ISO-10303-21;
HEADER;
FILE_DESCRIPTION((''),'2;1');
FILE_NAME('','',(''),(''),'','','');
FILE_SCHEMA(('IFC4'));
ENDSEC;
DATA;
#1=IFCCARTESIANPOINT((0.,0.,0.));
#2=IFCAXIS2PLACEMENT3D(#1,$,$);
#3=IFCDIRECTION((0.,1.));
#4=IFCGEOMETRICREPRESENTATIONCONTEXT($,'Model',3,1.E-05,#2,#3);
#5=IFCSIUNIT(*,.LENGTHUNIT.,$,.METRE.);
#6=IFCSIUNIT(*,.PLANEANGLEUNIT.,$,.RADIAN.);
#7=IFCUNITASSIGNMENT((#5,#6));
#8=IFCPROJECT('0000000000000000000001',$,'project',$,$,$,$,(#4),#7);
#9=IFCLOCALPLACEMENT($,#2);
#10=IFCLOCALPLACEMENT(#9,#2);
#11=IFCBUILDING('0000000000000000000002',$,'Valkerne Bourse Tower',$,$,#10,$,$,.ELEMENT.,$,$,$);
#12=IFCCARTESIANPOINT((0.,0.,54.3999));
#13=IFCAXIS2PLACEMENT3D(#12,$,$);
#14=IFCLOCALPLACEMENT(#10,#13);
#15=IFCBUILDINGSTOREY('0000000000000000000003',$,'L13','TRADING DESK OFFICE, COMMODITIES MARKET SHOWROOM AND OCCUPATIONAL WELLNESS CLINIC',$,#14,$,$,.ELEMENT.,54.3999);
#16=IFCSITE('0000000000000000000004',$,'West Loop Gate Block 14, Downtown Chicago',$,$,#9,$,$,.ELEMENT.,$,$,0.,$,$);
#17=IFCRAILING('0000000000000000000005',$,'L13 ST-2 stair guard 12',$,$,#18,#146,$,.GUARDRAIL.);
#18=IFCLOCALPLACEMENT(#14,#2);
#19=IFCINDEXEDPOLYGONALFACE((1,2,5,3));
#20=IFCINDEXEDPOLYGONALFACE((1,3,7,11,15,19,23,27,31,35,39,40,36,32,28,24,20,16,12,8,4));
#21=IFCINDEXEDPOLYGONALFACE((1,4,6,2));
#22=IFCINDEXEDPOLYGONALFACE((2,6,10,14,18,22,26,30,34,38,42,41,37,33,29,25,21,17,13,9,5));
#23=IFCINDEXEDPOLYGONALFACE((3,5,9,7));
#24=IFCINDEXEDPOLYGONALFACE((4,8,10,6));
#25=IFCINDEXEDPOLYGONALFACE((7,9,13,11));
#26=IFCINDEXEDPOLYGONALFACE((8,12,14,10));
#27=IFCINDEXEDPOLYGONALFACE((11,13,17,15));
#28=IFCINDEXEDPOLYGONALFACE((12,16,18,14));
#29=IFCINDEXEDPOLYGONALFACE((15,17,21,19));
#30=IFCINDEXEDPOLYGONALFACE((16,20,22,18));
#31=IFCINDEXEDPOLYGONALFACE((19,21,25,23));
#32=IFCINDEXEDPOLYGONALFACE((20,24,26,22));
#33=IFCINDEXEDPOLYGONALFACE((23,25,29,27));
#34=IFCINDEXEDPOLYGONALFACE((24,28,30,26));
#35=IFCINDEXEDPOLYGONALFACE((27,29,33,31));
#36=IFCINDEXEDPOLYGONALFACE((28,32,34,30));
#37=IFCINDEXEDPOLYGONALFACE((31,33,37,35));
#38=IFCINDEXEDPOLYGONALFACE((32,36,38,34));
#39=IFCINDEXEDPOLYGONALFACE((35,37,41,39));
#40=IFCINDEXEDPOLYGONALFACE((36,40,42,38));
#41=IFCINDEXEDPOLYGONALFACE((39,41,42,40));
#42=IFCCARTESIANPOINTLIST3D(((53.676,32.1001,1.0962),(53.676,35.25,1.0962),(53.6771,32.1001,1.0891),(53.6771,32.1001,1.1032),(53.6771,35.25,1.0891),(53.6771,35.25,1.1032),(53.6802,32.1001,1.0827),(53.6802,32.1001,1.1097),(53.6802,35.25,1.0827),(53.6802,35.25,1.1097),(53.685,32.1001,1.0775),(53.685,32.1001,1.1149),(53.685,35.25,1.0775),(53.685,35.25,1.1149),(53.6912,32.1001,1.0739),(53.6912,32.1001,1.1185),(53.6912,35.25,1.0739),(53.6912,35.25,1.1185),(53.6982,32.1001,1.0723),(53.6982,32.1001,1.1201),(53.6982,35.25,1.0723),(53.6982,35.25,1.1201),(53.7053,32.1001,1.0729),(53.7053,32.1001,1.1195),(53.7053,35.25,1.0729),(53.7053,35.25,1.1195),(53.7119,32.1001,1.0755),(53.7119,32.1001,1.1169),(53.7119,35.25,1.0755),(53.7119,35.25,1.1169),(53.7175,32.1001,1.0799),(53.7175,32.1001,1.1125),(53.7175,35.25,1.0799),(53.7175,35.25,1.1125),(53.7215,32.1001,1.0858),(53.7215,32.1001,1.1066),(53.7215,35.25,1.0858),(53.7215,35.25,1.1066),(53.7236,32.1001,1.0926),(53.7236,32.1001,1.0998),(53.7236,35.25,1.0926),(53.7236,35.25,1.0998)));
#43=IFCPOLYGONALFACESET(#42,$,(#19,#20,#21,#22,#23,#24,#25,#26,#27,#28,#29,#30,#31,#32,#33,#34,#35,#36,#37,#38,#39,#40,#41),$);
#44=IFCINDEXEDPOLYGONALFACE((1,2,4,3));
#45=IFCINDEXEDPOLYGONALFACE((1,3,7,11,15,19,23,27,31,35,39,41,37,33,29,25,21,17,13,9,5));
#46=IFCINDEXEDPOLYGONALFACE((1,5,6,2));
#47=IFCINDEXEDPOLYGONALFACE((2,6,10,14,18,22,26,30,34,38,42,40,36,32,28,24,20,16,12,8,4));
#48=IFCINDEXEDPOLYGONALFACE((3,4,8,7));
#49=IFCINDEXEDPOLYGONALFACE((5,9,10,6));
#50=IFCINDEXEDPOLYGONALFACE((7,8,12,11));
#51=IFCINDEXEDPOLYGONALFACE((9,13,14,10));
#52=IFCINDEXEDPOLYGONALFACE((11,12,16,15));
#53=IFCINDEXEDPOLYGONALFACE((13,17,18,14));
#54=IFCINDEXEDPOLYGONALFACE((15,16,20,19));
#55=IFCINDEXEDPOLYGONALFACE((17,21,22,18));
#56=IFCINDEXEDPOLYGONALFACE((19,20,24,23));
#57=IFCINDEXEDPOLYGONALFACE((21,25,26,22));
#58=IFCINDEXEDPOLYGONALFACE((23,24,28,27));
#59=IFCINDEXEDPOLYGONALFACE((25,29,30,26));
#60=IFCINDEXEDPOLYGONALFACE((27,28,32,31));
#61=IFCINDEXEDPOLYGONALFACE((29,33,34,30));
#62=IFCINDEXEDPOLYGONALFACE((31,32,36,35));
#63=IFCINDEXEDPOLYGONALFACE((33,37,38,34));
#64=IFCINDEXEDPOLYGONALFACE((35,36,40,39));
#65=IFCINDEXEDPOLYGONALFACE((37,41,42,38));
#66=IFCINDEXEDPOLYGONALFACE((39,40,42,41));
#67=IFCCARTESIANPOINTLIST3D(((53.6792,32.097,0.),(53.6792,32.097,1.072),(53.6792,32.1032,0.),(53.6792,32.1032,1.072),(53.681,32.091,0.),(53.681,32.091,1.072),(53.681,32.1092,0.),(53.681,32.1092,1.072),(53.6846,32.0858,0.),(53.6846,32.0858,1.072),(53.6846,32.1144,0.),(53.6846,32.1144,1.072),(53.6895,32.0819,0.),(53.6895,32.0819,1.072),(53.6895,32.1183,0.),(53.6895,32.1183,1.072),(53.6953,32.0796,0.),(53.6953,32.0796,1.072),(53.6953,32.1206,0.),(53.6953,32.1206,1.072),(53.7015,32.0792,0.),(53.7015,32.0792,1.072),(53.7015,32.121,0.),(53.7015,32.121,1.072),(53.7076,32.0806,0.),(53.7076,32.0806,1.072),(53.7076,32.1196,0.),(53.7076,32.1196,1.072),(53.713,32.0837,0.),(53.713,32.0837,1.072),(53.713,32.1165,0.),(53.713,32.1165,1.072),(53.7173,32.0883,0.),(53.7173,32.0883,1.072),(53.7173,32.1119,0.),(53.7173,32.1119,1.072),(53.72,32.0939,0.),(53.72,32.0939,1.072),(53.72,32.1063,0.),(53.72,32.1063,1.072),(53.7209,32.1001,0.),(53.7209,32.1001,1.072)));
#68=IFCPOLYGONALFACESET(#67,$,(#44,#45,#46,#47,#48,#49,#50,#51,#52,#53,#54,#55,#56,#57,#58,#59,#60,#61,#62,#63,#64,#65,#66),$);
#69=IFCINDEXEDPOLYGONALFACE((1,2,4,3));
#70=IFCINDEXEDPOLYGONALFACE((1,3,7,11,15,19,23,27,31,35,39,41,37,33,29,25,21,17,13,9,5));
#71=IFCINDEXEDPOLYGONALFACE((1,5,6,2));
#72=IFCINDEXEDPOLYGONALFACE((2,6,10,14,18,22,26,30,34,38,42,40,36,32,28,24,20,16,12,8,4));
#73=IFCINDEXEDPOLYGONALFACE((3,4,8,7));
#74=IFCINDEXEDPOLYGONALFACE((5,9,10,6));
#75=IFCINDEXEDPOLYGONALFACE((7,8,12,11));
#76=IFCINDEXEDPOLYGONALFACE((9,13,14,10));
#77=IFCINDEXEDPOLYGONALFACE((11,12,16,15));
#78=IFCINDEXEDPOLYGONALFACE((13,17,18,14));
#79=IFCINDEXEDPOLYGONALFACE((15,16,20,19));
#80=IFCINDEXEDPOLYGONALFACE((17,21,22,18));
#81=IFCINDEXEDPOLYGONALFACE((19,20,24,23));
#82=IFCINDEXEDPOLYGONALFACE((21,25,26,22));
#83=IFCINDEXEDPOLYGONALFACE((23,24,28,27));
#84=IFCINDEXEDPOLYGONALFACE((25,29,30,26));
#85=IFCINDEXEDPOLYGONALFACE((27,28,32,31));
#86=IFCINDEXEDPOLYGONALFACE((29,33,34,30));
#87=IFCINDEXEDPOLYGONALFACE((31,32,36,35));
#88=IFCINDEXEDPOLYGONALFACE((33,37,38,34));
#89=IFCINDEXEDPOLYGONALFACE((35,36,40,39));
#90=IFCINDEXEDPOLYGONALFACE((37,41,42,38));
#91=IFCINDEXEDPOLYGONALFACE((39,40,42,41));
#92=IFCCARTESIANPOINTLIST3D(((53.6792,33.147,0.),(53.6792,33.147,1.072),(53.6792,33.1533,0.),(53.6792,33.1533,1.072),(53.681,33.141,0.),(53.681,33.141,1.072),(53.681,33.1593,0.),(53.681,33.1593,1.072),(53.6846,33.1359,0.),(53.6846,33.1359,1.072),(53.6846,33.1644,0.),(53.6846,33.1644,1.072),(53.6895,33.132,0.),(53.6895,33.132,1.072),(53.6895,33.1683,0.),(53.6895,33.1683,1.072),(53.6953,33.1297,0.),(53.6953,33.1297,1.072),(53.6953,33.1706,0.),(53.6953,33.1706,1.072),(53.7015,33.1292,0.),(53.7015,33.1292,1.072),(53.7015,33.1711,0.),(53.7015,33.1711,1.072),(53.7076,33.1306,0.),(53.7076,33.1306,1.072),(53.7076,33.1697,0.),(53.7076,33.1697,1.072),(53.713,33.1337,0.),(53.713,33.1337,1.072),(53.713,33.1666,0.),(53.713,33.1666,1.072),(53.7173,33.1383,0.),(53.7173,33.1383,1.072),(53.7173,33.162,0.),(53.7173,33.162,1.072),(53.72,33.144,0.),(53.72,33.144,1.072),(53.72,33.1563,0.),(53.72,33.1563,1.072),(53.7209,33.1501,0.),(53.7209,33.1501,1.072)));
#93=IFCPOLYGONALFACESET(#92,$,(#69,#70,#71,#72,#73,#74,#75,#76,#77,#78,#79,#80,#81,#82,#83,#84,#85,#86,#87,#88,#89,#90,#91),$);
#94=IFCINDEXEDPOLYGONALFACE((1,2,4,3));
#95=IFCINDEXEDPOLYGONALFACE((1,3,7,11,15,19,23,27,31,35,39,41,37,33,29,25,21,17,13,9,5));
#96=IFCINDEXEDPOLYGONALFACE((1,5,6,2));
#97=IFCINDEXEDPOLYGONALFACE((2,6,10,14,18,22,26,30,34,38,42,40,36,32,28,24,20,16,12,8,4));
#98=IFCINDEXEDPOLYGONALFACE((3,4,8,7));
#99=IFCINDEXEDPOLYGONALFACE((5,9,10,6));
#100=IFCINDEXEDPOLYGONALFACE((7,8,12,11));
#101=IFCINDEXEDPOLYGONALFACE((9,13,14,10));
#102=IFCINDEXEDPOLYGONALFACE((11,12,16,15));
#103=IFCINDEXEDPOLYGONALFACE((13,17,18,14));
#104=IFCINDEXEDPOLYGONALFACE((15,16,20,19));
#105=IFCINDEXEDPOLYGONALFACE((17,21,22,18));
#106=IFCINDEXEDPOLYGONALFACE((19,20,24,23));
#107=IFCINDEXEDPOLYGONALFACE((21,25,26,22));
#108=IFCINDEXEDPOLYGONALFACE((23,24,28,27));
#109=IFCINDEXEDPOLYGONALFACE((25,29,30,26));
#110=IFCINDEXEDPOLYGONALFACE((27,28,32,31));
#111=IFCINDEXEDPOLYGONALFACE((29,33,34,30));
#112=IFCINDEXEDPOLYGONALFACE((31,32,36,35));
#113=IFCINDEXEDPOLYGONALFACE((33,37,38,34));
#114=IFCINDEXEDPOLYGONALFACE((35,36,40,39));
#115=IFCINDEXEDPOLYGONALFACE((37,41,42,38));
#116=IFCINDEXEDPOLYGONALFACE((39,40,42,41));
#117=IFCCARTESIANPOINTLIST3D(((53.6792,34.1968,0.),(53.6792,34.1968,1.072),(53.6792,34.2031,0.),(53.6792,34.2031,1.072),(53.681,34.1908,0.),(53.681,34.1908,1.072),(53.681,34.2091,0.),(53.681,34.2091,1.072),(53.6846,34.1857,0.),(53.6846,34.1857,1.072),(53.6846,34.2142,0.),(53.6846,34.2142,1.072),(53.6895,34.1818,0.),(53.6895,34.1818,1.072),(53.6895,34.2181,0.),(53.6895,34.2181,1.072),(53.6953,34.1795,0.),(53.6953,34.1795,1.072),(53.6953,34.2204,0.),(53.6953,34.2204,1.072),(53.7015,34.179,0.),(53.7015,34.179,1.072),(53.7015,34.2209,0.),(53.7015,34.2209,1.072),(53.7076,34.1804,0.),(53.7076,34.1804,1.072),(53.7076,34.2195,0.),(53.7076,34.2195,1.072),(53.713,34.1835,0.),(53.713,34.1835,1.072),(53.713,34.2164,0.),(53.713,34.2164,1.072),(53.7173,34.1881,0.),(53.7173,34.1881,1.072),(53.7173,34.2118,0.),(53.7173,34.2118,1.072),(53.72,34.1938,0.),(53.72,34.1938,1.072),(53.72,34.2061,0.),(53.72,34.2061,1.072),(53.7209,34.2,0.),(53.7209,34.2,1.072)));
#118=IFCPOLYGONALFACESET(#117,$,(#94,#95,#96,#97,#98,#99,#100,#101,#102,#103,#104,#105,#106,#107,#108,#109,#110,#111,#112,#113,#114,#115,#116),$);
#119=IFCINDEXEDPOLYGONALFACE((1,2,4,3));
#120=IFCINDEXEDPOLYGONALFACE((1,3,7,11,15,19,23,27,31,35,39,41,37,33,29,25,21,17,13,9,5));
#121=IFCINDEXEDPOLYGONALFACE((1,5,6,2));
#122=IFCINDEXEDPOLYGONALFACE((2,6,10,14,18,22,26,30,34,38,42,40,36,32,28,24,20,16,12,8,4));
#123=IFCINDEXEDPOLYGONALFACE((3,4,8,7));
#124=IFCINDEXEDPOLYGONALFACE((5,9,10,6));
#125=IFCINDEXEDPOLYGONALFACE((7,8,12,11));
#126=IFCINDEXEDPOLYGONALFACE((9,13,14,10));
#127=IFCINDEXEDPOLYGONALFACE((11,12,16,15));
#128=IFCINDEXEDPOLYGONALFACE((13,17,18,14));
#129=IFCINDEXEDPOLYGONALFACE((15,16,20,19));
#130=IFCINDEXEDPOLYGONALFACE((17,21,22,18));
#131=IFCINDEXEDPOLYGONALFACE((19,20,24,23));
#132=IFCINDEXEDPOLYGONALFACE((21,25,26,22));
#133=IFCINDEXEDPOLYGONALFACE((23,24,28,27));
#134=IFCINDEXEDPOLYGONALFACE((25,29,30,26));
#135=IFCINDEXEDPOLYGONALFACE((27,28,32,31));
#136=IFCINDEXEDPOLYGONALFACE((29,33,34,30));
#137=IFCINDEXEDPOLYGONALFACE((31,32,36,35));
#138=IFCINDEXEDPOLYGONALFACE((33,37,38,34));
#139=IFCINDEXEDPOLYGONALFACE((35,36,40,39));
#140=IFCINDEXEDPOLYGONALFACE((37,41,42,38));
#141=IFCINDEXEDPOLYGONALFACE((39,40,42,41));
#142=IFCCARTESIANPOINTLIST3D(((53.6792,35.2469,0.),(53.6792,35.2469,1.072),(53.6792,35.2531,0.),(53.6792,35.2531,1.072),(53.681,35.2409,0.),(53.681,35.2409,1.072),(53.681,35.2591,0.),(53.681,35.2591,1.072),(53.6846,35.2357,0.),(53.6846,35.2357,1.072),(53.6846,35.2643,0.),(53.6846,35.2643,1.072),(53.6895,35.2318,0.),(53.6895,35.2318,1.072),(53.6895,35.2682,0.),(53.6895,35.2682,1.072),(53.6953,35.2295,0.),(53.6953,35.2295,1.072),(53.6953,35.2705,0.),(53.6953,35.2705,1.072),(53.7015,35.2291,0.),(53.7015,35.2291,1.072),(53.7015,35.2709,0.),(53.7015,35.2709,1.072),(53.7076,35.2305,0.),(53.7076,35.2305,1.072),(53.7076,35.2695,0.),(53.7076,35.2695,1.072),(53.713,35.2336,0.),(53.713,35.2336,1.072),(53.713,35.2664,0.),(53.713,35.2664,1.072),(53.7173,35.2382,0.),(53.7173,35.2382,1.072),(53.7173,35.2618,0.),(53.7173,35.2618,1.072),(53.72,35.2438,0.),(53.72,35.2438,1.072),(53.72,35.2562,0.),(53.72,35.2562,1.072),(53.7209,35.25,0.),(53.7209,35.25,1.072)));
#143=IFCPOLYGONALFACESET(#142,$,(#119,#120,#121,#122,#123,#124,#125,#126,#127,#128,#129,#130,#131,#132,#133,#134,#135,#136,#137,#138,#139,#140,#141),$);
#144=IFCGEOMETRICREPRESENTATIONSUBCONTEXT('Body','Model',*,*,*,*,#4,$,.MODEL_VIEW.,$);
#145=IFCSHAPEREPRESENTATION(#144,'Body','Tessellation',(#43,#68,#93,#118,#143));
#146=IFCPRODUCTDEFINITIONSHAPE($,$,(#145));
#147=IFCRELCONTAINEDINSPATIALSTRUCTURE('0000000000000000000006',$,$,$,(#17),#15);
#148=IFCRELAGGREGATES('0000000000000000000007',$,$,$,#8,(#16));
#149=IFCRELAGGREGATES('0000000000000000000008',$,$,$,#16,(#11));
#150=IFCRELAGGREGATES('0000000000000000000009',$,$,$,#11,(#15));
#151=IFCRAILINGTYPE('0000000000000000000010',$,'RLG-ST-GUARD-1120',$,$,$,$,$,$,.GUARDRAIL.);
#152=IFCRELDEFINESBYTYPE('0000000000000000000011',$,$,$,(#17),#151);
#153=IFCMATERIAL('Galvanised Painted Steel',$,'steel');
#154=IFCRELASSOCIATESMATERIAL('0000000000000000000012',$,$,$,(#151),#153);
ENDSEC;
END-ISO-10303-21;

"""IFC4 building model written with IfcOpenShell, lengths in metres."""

from ifc_helpers import new_model, si_unit, direction, frame, origin, origin_2d, place, context, subcontext, project, spatial, circle, extrude, material, type_object, element, save


model = new_model("IFC4")

# Units and contexts
model_context = context("Model", 3, precision=1e-05, world=origin(), true_north=direction((0.0, 1.0)))
body_context = subcontext(model_context, "Body", "Model", "MODEL_VIEW")
ifc_project = project(units=[si_unit("LENGTHUNIT", "METRE"), si_unit("PLANEANGLEUNIT", "RADIAN")], contexts=[model_context])

# Site, building, storey
site_placement = place(None, origin())
site = spatial("IfcSite", under=ifc_project, at=site_placement, Name="West Loop Gate Block 14, Downtown Chicago", CompositionType="ELEMENT", RefElevation=0.0)
building_placement = place(site_placement, origin())
building = spatial("IfcBuilding", under=site, at=building_placement, Name="Valkerne Bourse Tower", CompositionType="ELEMENT")
storey_placement = place(building_placement, frame((0.0, 0.0, 54.3999)))
storey = spatial("IfcBuildingStorey", under=building, at=storey_placement, Name="L13", Description="TRADING DESK OFFICE, COMMODITIES MARKET SHOWROOM AND OCCUPATIONAL WELLNESS CLINIC", CompositionType="ELEMENT", Elevation=54.3999)

# Shared definitions
ifc_material_1 = material(Name="Galvanised Painted Steel", Category="steel")

# Railing
railing_type_1 = type_object("IfcRailingType", Name="RLG-ST-GUARD-1120", PredefinedType="GUARDRAIL", material=ifc_material_1)
railing_1_placement = place(storey_placement, frame((53.7, 32.1001, 0.0)))
element("IfcRailing", 1, at=railing_1_placement, inside=storey, type_object=railing_type_1, Name="L13 ST-2 stair guard 12", PredefinedType="GUARDRAIL", context=body_context, shape_type="SweptSolid", body=[
    extrude(circle(Radius=0.0239, at=origin_2d()), frame((0.0, 0.0, 1.0962), z_axis=(0.0, 1.0, 0.0), x_axis=(-1.0, 0.0, 0.0)), (0.0, 0.0, 1.0), 3.1499),
    extrude(circle(Radius=0.021, at=origin_2d()), origin(), (0.0, 0.0, 1.0), 1.072),
    extrude(circle(Radius=0.021, at=origin_2d()), frame((0.0, 1.05, 0.0)), (0.0, 0.0, 1.0), 1.072),
    extrude(circle(Radius=0.021, at=origin_2d()), frame((0.0, 2.0999, 0.0)), (0.0, 0.0, 1.0), 1.072),
    extrude(circle(Radius=0.021, at=origin_2d()), frame((0.0, 3.1499, 0.0)), (0.0, 0.0, 1.0), 1.072),
])

save(model, "model.ifc")
